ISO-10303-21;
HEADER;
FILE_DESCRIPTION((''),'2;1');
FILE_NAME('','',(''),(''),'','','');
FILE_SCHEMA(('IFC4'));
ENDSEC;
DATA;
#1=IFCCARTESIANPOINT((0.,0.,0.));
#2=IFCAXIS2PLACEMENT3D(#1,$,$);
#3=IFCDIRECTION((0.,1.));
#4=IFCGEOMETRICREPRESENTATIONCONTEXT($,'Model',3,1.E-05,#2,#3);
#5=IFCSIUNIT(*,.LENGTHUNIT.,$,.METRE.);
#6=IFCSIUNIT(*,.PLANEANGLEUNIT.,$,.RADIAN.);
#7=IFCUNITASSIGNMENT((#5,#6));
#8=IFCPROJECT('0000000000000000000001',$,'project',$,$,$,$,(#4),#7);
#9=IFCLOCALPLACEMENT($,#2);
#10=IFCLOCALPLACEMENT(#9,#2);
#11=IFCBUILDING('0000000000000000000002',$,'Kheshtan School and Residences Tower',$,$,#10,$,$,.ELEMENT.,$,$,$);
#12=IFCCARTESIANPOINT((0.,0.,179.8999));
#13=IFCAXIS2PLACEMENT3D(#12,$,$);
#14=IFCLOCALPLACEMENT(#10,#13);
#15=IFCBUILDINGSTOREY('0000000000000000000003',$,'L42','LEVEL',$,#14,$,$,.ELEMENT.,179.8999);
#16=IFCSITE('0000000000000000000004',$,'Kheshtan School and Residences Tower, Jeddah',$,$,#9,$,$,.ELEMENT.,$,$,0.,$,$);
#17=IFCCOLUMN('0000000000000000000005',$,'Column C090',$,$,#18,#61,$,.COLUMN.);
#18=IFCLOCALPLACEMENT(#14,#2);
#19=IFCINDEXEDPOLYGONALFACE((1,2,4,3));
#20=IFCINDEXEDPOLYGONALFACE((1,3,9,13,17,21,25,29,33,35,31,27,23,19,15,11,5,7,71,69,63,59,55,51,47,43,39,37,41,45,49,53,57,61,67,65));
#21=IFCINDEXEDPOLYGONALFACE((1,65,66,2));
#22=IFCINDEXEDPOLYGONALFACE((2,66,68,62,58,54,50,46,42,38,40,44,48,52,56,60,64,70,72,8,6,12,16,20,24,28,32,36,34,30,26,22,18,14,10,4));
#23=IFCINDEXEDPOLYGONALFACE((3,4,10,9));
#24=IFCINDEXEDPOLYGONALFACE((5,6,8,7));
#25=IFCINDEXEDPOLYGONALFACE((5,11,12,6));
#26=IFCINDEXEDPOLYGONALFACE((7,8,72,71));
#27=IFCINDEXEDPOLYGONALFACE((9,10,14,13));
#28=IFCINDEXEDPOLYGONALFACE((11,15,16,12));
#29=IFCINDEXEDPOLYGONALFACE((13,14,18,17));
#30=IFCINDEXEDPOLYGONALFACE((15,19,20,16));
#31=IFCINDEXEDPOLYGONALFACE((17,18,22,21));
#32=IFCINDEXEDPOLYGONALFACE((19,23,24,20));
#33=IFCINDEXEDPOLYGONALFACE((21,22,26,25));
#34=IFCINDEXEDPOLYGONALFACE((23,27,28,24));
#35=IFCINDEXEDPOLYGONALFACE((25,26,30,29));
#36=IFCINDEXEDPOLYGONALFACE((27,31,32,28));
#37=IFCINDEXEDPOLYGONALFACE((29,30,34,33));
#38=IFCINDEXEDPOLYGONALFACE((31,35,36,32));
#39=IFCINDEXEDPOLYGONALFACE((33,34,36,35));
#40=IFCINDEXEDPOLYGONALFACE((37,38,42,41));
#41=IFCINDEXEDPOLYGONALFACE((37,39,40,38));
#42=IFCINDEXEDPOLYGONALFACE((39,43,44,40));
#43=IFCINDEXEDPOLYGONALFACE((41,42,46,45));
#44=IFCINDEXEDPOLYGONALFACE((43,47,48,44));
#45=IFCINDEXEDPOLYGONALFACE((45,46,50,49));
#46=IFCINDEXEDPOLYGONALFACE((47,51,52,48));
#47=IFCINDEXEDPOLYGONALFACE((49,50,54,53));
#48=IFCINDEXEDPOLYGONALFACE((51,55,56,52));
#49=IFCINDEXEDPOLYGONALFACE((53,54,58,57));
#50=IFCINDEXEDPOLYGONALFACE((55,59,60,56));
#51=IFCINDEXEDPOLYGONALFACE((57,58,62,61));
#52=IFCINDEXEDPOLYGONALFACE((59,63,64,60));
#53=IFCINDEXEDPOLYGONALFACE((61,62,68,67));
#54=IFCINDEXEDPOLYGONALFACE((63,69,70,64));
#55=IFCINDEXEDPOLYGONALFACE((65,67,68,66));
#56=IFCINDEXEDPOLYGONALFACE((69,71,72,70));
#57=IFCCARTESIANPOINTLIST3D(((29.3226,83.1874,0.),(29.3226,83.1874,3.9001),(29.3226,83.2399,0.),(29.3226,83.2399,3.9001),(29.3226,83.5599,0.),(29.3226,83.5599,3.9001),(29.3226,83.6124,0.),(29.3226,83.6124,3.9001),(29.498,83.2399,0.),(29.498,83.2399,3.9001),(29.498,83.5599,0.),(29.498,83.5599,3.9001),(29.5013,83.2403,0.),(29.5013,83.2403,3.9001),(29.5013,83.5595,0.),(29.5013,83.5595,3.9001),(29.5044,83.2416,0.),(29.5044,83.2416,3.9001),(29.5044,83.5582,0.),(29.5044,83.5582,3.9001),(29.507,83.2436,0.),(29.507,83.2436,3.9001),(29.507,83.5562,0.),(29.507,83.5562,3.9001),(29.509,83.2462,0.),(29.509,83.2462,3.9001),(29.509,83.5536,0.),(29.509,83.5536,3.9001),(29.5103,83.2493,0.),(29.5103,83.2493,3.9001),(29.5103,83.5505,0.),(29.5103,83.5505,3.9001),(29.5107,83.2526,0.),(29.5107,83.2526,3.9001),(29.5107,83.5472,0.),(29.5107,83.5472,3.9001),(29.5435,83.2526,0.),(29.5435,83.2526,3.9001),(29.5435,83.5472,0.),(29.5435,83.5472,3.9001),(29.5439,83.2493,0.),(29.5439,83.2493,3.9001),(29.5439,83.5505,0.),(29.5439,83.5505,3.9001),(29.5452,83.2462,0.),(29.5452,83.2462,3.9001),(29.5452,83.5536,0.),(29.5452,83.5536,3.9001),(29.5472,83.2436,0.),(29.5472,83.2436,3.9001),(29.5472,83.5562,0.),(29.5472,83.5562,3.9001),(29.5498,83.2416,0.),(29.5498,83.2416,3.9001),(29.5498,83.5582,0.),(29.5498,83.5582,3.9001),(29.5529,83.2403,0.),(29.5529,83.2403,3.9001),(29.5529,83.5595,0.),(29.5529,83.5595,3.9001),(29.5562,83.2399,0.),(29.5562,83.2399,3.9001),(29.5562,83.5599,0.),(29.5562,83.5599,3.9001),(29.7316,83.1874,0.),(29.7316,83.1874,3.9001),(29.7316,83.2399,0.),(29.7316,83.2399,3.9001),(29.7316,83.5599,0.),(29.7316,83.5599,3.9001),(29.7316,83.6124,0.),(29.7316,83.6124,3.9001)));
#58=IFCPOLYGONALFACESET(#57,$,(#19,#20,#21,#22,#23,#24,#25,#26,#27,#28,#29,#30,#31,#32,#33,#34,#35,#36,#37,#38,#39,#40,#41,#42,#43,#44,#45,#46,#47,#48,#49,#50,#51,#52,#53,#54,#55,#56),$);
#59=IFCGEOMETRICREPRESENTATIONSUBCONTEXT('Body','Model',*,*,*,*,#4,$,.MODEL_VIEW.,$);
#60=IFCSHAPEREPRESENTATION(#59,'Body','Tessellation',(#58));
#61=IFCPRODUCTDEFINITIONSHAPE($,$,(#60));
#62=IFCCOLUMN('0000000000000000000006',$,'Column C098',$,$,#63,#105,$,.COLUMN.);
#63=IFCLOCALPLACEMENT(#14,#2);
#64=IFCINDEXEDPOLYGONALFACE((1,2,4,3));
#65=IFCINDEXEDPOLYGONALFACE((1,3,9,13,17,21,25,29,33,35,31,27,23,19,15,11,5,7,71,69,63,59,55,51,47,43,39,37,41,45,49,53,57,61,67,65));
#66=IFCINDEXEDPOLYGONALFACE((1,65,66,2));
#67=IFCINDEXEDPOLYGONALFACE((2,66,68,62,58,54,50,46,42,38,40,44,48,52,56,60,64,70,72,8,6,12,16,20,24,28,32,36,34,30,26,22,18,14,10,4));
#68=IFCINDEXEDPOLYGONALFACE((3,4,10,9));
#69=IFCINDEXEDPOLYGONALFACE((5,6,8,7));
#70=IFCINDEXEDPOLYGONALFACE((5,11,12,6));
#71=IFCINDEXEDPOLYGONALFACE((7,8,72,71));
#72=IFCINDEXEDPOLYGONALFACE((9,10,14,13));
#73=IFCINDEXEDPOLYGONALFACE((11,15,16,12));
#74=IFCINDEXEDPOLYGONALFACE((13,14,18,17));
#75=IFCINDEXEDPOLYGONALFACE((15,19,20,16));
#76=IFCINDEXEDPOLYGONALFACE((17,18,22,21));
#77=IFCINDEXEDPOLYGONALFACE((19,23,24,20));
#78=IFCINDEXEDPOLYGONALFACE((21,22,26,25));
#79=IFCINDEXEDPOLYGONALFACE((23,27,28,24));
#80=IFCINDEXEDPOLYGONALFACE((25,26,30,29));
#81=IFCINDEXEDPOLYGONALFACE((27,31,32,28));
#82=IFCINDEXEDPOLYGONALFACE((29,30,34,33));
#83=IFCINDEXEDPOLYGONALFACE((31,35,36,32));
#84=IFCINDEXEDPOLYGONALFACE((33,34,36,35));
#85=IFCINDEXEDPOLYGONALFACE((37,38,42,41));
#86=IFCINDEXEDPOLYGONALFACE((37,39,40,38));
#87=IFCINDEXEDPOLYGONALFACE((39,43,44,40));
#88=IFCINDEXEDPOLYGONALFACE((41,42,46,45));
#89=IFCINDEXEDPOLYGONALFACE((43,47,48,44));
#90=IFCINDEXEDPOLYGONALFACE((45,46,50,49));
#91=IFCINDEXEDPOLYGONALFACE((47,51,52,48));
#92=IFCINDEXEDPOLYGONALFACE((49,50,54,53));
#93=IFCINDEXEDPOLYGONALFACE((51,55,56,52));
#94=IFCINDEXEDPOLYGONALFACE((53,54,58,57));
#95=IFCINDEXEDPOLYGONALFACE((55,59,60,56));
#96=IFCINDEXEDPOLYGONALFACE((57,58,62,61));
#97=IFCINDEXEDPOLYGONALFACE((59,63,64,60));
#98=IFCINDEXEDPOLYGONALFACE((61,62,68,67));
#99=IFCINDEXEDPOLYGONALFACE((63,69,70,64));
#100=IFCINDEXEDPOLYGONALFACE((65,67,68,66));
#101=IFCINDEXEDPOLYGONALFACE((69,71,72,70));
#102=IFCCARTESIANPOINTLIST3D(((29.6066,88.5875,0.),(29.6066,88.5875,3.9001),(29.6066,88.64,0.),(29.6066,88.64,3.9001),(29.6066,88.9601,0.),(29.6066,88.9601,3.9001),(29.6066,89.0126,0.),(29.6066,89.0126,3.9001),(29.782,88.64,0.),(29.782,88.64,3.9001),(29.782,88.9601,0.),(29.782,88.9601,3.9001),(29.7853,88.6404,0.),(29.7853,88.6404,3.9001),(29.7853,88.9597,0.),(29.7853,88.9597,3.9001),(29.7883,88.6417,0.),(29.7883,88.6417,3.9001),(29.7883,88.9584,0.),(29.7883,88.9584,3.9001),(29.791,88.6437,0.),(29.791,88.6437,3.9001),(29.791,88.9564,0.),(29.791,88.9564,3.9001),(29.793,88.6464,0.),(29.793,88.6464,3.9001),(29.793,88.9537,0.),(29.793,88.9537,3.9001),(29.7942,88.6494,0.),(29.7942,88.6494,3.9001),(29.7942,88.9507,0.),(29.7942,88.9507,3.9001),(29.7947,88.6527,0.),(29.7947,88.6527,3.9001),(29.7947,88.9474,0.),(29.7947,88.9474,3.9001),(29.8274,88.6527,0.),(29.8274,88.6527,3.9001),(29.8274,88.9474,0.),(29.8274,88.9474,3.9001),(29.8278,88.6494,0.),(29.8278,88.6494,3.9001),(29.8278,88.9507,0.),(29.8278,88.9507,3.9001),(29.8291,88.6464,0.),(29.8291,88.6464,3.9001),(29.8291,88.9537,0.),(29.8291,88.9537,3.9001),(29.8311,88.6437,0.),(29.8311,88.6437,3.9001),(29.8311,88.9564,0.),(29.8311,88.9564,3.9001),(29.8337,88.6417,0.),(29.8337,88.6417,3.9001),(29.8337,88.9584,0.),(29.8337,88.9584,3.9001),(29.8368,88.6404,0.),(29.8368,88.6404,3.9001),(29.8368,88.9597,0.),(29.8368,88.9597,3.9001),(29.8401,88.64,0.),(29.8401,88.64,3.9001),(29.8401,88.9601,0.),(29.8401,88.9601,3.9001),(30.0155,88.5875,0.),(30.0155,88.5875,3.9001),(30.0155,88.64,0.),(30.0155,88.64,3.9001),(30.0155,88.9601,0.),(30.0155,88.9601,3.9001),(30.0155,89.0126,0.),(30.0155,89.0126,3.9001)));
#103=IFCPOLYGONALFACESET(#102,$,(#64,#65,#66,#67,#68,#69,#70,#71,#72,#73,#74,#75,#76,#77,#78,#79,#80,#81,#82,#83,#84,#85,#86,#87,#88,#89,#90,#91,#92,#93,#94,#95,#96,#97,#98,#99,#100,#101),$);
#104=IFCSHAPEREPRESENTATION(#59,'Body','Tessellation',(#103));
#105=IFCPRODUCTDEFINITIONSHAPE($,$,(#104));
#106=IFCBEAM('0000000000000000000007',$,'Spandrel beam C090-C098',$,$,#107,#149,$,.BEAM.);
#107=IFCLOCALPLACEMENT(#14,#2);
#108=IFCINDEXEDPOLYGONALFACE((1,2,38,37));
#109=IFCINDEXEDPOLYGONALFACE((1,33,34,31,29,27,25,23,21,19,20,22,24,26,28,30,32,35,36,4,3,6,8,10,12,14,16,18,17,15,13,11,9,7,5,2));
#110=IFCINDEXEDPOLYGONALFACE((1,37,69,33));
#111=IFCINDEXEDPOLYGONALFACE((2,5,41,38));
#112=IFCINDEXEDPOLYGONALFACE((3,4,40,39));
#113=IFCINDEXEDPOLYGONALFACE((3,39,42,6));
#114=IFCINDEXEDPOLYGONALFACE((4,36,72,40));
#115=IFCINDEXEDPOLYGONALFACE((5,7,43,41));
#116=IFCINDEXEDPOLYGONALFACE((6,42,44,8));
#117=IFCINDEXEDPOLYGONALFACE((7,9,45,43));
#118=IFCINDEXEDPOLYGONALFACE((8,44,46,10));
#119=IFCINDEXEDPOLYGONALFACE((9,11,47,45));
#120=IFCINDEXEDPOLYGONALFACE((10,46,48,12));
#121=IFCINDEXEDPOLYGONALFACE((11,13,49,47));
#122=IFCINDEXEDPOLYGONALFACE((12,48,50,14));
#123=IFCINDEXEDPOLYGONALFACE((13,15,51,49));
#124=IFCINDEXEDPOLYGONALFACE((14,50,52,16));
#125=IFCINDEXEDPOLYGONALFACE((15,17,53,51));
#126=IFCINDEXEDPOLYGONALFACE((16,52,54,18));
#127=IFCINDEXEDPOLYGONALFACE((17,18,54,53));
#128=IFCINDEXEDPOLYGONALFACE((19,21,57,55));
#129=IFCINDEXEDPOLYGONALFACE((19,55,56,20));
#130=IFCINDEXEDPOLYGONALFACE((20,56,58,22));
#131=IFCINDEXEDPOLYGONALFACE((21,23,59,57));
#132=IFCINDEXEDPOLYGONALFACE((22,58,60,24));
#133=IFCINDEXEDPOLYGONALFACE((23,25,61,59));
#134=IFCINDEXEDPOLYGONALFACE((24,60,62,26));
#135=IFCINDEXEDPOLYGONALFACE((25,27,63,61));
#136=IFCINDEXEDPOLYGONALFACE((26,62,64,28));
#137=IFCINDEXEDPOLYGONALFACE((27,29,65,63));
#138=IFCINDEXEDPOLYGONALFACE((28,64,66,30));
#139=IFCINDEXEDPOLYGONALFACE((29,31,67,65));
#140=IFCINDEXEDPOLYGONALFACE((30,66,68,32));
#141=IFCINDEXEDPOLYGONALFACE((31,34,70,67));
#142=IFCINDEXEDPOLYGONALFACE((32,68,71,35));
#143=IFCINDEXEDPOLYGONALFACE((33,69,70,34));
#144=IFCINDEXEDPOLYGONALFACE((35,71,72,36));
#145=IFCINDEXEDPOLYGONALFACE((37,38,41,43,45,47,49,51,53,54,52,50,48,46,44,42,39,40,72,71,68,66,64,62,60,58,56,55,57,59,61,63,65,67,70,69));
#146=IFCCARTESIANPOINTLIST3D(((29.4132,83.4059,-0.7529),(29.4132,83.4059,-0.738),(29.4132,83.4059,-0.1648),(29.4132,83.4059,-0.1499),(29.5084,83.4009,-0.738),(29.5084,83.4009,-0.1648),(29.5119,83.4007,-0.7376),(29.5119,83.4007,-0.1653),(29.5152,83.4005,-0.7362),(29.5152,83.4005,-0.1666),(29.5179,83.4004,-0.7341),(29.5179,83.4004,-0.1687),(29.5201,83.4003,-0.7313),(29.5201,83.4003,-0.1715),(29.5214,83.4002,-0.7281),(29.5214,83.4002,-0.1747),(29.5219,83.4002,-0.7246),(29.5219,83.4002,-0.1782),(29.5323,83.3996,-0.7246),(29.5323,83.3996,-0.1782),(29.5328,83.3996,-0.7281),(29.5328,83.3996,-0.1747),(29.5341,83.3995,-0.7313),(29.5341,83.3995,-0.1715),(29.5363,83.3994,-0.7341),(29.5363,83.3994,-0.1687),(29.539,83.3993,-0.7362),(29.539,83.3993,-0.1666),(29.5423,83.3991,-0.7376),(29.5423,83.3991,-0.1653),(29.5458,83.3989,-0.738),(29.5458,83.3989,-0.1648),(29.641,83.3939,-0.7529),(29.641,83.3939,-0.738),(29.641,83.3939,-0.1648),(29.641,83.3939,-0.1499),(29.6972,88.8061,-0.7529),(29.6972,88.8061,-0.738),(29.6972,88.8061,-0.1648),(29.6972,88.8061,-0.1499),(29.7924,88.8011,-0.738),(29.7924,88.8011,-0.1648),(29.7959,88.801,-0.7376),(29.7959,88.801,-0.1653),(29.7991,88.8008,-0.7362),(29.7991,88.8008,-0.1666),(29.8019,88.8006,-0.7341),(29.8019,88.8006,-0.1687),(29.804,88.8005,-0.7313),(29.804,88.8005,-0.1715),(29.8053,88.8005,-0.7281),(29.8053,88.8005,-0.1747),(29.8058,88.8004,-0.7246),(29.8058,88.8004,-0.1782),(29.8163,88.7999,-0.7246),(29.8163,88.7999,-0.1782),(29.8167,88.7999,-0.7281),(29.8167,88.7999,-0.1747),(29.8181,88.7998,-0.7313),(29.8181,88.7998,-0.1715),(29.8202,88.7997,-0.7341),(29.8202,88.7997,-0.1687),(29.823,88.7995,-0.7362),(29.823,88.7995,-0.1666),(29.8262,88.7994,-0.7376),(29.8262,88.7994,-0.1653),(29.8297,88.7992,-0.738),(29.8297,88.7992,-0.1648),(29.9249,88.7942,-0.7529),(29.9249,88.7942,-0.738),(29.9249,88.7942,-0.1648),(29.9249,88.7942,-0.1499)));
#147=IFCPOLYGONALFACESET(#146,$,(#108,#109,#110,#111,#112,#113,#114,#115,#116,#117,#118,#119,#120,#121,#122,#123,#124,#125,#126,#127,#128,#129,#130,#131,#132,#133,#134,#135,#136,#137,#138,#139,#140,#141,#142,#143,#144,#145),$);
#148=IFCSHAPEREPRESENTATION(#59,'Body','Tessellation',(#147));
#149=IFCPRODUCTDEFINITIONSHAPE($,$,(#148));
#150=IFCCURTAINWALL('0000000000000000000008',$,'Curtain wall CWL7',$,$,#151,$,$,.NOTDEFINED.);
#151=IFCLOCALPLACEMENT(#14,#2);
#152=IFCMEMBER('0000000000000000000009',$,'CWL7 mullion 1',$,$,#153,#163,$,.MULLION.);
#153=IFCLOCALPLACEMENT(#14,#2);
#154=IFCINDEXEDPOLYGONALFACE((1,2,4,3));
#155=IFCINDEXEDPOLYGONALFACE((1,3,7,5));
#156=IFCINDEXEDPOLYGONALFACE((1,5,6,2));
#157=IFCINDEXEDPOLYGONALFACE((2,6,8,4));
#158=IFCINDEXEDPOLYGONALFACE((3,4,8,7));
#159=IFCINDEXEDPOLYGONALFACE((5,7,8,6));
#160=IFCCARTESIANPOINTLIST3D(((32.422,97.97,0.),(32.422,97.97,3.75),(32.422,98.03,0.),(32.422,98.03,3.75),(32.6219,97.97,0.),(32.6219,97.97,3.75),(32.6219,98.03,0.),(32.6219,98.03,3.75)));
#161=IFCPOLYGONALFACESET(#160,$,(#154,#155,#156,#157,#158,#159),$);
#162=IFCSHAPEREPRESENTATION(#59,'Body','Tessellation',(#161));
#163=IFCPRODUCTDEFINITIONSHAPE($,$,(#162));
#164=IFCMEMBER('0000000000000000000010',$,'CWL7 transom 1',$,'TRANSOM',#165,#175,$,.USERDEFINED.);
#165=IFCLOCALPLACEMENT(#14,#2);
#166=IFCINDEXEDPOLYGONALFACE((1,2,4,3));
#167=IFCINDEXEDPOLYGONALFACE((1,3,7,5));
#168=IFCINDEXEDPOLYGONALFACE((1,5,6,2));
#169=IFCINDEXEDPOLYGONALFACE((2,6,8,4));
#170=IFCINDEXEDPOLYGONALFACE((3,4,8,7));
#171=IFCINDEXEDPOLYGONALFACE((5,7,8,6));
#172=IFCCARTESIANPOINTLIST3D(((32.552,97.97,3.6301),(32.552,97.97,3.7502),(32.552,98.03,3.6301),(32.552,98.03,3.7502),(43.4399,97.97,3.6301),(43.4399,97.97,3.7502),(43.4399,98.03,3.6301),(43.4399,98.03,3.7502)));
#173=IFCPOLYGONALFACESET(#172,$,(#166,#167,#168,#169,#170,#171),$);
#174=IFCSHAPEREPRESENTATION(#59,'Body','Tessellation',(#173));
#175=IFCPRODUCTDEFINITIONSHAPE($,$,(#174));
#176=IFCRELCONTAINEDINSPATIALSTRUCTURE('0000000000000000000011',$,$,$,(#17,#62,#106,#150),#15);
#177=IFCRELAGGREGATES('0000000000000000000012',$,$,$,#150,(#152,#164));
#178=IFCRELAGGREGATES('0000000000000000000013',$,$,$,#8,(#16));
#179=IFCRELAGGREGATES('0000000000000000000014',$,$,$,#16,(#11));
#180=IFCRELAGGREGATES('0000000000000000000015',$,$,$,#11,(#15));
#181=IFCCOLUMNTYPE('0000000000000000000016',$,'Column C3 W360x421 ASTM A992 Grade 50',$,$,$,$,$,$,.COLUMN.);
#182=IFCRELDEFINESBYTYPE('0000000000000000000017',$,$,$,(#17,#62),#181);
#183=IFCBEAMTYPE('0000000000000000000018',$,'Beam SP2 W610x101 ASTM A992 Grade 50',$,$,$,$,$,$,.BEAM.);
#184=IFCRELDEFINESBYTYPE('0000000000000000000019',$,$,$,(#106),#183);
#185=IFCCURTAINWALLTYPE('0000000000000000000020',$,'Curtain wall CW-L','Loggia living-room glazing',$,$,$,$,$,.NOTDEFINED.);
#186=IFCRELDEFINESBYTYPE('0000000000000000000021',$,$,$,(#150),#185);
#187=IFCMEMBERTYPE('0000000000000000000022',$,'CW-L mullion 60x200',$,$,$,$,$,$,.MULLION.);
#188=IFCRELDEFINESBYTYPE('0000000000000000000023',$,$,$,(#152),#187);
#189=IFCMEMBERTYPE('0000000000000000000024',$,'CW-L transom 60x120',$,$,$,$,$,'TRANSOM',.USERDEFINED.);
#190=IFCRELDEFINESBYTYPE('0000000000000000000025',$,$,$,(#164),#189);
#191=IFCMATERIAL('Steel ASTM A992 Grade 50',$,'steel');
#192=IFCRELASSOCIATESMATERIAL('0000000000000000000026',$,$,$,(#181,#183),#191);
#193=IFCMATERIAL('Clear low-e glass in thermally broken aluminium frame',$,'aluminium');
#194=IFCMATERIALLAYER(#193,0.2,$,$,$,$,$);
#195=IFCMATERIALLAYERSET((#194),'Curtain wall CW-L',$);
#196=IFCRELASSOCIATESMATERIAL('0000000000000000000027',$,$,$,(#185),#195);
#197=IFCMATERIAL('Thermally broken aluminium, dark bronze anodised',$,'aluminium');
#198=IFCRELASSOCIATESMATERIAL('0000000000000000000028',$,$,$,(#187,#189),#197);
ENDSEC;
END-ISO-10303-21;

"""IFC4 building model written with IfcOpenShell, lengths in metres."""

from ifc_helpers import new_model, si_unit, direction, frame, origin, origin_2d, place, context, subcontext, project, spatial, rectangle, i_section, extrude, material, layer, layer_set, material_profile, profile_set, type_object, element, aggregate, save


model = new_model("IFC4")

# Units and contexts
model_context = context("Model", 3, precision=1e-05, world=origin(), true_north=direction((0.0, 1.0)))
body_context = subcontext(model_context, "Body", "Model", "MODEL_VIEW")
ifc_project = project(units=[si_unit("LENGTHUNIT", "METRE"), si_unit("PLANEANGLEUNIT", "RADIAN")], contexts=[model_context])

# Site, building, storey
site_placement = place(None, origin())
site = spatial("IfcSite", under=ifc_project, at=site_placement, Name="Kheshtan School and Residences Tower, Jeddah", CompositionType="ELEMENT", RefElevation=0.0)
building_placement = place(site_placement, origin())
building = spatial("IfcBuilding", under=site, at=building_placement, Name="Kheshtan School and Residences Tower", CompositionType="ELEMENT")
storey_placement = place(building_placement, frame((0.0, 0.0, 179.8999)))
storey = spatial("IfcBuildingStorey", under=building, at=storey_placement, Name="L42", Description="LEVEL", CompositionType="ELEMENT", Elevation=179.8999)

# Columns
ifc_material_1 = material(Name="Steel ASTM A992 Grade 50", Category="steel")
ifc_material_profile_1 = material_profile(ifc_material_1, i_section(OverallWidth=0.4089, OverallDepth=0.425, WebThickness=0.0327, FlangeThickness=0.0525, FilletRadius=0.0127, at=origin_2d()), Name="W360x421")
ifc_profile_set_1 = profile_set([ifc_material_profile_1], Name="Steel ASTM A992 Grade 50")
column_type = type_object("IfcColumnType", Name="Column C3 W360x421 ASTM A992 Grade 50", PredefinedType="COLUMN", material=ifc_profile_set_1)
for number, where, z_axis, x_axis, name in (
    (1, (29.5271, 83.3999, 0.0), (0.0, 0.0, 1.0), (1.0, 0.0, 0.0), "Column C090"),
    (2, (29.811, 88.8, 0.0), (0.0, 0.0, 1.0), (1.0, 0.0, 0.0), "Column C098"),
):
    element("IfcColumn", number, at=place(storey_placement, frame(where, z_axis=z_axis, x_axis=x_axis)), inside=storey, type_object=column_type, Name=name, PredefinedType="COLUMN", context=body_context, shape_type="SweptSolid", body=[
        extrude(i_section(OverallWidth=0.4089, OverallDepth=0.425, WebThickness=0.0327, FlangeThickness=0.0525, FilletRadius=0.0127, at=origin_2d()), origin(), (0.0, 0.0, 1.0), 3.9001),
    ])

# Beam
ifc_material_profile_2 = material_profile(ifc_material_1, i_section(OverallWidth=0.228, OverallDepth=0.603, WebThickness=0.0105, FlangeThickness=0.0149, FilletRadius=0.0134, at=origin_2d()), Name="W610x101")
ifc_profile_set_2 = profile_set([ifc_material_profile_2], Name="Steel ASTM A992 Grade 50")
beam_type_1 = type_object("IfcBeamType", Name="Beam SP2 W610x101 ASTM A992 Grade 50", PredefinedType="BEAM", material=ifc_profile_set_2)
beam_1_placement = place(storey_placement, frame((29.5271, 83.3999, -0.4514), z_axis=(0.052507, 0.998621, 0.0), x_axis=(-0.998621, 0.052507, 0.0)))
element("IfcBeam", 3, at=beam_1_placement, inside=storey, type_object=beam_type_1, Name="Spandrel beam C090-C098", PredefinedType="BEAM", context=body_context, shape_type="SweptSolid", body=[
    extrude(i_section(OverallWidth=0.228, OverallDepth=0.603, WebThickness=0.0105, FlangeThickness=0.0149, FilletRadius=0.0134, at=origin_2d()), origin(), (0.0, 0.0, 1.0), 5.4077),
])

# Curtain wall, members
ifc_material_2 = material(Name="Clear low-e glass in thermally broken aluminium frame", Category="aluminium")
ifc_layer_1 = layer(ifc_material_2, 0.2)
ifc_layer_set_1 = layer_set([ifc_layer_1], Name="Curtain wall CW-L")
curtain_wall_type = type_object("IfcCurtainWallType", Name="Curtain wall CW-L", Description="Loggia living-room glazing", PredefinedType="NOTDEFINED", material=ifc_layer_set_1)
curtain_wall_placement = place(storey_placement, origin())
curtain_wall = element("IfcCurtainWall", 4, at=curtain_wall_placement, inside=storey, type_object=curtain_wall_type, Name="Curtain wall CWL7", PredefinedType="NOTDEFINED")
ifc_material_3 = material(Name="Thermally broken aluminium, dark bronze anodised", Category="aluminium")
ifc_material_profile_3 = material_profile(ifc_material_3, rectangle(XDim=0.0601, YDim=0.2, at=origin_2d()), Name="CW-L mullion 60x200")
ifc_profile_set_3 = profile_set([ifc_material_profile_3], Name="Thermally broken aluminium, dark bronze anodised")
member_type_1 = type_object("IfcMemberType", Name="CW-L mullion 60x200", PredefinedType="MULLION", material=ifc_profile_set_3)
member_1_placement = place(storey_placement, frame((32.522, 98.0, 0.0), z_axis=(0.0, 0.0, 1.0), x_axis=(0.0, 1.0, 0.0)))
member_1 = element("IfcMember", 5, at=member_1_placement, type_object=member_type_1, Name="CWL7 mullion 1", PredefinedType="MULLION", context=body_context, shape_type="SweptSolid", body=[
    extrude(rectangle(XDim=0.0601, YDim=0.2, at=origin_2d()), origin(), (0.0, 0.0, 1.0), 3.75),
])
ifc_material_profile_4 = material_profile(ifc_material_3, rectangle(XDim=0.0601, YDim=0.1201, at=origin_2d()), Name="CW-L transom 60x120")
ifc_profile_set_4 = profile_set([ifc_material_profile_4], Name="Thermally broken aluminium, dark bronze anodised")
member_type_2 = type_object("IfcMemberType", Name="CW-L transom 60x120", ElementType="TRANSOM", PredefinedType="USERDEFINED", material=ifc_profile_set_4)
member_2_placement = place(storey_placement, frame((32.552, 98.0, 3.6902), z_axis=(1.0, 0.0, 0.0), x_axis=(0.0, 1.0, 0.0)))
member_2 = element("IfcMember", 6, at=member_2_placement, type_object=member_type_2, Name="CWL7 transom 1", ObjectType="TRANSOM", PredefinedType="USERDEFINED", context=body_context, shape_type="SweptSolid", body=[
    extrude(rectangle(XDim=0.0601, YDim=0.1201, at=origin_2d()), origin(), (0.0, 0.0, 1.0), 10.8879),
])

aggregate(curtain_wall, [member_1, member_2])

save(model, "model.ifc")
